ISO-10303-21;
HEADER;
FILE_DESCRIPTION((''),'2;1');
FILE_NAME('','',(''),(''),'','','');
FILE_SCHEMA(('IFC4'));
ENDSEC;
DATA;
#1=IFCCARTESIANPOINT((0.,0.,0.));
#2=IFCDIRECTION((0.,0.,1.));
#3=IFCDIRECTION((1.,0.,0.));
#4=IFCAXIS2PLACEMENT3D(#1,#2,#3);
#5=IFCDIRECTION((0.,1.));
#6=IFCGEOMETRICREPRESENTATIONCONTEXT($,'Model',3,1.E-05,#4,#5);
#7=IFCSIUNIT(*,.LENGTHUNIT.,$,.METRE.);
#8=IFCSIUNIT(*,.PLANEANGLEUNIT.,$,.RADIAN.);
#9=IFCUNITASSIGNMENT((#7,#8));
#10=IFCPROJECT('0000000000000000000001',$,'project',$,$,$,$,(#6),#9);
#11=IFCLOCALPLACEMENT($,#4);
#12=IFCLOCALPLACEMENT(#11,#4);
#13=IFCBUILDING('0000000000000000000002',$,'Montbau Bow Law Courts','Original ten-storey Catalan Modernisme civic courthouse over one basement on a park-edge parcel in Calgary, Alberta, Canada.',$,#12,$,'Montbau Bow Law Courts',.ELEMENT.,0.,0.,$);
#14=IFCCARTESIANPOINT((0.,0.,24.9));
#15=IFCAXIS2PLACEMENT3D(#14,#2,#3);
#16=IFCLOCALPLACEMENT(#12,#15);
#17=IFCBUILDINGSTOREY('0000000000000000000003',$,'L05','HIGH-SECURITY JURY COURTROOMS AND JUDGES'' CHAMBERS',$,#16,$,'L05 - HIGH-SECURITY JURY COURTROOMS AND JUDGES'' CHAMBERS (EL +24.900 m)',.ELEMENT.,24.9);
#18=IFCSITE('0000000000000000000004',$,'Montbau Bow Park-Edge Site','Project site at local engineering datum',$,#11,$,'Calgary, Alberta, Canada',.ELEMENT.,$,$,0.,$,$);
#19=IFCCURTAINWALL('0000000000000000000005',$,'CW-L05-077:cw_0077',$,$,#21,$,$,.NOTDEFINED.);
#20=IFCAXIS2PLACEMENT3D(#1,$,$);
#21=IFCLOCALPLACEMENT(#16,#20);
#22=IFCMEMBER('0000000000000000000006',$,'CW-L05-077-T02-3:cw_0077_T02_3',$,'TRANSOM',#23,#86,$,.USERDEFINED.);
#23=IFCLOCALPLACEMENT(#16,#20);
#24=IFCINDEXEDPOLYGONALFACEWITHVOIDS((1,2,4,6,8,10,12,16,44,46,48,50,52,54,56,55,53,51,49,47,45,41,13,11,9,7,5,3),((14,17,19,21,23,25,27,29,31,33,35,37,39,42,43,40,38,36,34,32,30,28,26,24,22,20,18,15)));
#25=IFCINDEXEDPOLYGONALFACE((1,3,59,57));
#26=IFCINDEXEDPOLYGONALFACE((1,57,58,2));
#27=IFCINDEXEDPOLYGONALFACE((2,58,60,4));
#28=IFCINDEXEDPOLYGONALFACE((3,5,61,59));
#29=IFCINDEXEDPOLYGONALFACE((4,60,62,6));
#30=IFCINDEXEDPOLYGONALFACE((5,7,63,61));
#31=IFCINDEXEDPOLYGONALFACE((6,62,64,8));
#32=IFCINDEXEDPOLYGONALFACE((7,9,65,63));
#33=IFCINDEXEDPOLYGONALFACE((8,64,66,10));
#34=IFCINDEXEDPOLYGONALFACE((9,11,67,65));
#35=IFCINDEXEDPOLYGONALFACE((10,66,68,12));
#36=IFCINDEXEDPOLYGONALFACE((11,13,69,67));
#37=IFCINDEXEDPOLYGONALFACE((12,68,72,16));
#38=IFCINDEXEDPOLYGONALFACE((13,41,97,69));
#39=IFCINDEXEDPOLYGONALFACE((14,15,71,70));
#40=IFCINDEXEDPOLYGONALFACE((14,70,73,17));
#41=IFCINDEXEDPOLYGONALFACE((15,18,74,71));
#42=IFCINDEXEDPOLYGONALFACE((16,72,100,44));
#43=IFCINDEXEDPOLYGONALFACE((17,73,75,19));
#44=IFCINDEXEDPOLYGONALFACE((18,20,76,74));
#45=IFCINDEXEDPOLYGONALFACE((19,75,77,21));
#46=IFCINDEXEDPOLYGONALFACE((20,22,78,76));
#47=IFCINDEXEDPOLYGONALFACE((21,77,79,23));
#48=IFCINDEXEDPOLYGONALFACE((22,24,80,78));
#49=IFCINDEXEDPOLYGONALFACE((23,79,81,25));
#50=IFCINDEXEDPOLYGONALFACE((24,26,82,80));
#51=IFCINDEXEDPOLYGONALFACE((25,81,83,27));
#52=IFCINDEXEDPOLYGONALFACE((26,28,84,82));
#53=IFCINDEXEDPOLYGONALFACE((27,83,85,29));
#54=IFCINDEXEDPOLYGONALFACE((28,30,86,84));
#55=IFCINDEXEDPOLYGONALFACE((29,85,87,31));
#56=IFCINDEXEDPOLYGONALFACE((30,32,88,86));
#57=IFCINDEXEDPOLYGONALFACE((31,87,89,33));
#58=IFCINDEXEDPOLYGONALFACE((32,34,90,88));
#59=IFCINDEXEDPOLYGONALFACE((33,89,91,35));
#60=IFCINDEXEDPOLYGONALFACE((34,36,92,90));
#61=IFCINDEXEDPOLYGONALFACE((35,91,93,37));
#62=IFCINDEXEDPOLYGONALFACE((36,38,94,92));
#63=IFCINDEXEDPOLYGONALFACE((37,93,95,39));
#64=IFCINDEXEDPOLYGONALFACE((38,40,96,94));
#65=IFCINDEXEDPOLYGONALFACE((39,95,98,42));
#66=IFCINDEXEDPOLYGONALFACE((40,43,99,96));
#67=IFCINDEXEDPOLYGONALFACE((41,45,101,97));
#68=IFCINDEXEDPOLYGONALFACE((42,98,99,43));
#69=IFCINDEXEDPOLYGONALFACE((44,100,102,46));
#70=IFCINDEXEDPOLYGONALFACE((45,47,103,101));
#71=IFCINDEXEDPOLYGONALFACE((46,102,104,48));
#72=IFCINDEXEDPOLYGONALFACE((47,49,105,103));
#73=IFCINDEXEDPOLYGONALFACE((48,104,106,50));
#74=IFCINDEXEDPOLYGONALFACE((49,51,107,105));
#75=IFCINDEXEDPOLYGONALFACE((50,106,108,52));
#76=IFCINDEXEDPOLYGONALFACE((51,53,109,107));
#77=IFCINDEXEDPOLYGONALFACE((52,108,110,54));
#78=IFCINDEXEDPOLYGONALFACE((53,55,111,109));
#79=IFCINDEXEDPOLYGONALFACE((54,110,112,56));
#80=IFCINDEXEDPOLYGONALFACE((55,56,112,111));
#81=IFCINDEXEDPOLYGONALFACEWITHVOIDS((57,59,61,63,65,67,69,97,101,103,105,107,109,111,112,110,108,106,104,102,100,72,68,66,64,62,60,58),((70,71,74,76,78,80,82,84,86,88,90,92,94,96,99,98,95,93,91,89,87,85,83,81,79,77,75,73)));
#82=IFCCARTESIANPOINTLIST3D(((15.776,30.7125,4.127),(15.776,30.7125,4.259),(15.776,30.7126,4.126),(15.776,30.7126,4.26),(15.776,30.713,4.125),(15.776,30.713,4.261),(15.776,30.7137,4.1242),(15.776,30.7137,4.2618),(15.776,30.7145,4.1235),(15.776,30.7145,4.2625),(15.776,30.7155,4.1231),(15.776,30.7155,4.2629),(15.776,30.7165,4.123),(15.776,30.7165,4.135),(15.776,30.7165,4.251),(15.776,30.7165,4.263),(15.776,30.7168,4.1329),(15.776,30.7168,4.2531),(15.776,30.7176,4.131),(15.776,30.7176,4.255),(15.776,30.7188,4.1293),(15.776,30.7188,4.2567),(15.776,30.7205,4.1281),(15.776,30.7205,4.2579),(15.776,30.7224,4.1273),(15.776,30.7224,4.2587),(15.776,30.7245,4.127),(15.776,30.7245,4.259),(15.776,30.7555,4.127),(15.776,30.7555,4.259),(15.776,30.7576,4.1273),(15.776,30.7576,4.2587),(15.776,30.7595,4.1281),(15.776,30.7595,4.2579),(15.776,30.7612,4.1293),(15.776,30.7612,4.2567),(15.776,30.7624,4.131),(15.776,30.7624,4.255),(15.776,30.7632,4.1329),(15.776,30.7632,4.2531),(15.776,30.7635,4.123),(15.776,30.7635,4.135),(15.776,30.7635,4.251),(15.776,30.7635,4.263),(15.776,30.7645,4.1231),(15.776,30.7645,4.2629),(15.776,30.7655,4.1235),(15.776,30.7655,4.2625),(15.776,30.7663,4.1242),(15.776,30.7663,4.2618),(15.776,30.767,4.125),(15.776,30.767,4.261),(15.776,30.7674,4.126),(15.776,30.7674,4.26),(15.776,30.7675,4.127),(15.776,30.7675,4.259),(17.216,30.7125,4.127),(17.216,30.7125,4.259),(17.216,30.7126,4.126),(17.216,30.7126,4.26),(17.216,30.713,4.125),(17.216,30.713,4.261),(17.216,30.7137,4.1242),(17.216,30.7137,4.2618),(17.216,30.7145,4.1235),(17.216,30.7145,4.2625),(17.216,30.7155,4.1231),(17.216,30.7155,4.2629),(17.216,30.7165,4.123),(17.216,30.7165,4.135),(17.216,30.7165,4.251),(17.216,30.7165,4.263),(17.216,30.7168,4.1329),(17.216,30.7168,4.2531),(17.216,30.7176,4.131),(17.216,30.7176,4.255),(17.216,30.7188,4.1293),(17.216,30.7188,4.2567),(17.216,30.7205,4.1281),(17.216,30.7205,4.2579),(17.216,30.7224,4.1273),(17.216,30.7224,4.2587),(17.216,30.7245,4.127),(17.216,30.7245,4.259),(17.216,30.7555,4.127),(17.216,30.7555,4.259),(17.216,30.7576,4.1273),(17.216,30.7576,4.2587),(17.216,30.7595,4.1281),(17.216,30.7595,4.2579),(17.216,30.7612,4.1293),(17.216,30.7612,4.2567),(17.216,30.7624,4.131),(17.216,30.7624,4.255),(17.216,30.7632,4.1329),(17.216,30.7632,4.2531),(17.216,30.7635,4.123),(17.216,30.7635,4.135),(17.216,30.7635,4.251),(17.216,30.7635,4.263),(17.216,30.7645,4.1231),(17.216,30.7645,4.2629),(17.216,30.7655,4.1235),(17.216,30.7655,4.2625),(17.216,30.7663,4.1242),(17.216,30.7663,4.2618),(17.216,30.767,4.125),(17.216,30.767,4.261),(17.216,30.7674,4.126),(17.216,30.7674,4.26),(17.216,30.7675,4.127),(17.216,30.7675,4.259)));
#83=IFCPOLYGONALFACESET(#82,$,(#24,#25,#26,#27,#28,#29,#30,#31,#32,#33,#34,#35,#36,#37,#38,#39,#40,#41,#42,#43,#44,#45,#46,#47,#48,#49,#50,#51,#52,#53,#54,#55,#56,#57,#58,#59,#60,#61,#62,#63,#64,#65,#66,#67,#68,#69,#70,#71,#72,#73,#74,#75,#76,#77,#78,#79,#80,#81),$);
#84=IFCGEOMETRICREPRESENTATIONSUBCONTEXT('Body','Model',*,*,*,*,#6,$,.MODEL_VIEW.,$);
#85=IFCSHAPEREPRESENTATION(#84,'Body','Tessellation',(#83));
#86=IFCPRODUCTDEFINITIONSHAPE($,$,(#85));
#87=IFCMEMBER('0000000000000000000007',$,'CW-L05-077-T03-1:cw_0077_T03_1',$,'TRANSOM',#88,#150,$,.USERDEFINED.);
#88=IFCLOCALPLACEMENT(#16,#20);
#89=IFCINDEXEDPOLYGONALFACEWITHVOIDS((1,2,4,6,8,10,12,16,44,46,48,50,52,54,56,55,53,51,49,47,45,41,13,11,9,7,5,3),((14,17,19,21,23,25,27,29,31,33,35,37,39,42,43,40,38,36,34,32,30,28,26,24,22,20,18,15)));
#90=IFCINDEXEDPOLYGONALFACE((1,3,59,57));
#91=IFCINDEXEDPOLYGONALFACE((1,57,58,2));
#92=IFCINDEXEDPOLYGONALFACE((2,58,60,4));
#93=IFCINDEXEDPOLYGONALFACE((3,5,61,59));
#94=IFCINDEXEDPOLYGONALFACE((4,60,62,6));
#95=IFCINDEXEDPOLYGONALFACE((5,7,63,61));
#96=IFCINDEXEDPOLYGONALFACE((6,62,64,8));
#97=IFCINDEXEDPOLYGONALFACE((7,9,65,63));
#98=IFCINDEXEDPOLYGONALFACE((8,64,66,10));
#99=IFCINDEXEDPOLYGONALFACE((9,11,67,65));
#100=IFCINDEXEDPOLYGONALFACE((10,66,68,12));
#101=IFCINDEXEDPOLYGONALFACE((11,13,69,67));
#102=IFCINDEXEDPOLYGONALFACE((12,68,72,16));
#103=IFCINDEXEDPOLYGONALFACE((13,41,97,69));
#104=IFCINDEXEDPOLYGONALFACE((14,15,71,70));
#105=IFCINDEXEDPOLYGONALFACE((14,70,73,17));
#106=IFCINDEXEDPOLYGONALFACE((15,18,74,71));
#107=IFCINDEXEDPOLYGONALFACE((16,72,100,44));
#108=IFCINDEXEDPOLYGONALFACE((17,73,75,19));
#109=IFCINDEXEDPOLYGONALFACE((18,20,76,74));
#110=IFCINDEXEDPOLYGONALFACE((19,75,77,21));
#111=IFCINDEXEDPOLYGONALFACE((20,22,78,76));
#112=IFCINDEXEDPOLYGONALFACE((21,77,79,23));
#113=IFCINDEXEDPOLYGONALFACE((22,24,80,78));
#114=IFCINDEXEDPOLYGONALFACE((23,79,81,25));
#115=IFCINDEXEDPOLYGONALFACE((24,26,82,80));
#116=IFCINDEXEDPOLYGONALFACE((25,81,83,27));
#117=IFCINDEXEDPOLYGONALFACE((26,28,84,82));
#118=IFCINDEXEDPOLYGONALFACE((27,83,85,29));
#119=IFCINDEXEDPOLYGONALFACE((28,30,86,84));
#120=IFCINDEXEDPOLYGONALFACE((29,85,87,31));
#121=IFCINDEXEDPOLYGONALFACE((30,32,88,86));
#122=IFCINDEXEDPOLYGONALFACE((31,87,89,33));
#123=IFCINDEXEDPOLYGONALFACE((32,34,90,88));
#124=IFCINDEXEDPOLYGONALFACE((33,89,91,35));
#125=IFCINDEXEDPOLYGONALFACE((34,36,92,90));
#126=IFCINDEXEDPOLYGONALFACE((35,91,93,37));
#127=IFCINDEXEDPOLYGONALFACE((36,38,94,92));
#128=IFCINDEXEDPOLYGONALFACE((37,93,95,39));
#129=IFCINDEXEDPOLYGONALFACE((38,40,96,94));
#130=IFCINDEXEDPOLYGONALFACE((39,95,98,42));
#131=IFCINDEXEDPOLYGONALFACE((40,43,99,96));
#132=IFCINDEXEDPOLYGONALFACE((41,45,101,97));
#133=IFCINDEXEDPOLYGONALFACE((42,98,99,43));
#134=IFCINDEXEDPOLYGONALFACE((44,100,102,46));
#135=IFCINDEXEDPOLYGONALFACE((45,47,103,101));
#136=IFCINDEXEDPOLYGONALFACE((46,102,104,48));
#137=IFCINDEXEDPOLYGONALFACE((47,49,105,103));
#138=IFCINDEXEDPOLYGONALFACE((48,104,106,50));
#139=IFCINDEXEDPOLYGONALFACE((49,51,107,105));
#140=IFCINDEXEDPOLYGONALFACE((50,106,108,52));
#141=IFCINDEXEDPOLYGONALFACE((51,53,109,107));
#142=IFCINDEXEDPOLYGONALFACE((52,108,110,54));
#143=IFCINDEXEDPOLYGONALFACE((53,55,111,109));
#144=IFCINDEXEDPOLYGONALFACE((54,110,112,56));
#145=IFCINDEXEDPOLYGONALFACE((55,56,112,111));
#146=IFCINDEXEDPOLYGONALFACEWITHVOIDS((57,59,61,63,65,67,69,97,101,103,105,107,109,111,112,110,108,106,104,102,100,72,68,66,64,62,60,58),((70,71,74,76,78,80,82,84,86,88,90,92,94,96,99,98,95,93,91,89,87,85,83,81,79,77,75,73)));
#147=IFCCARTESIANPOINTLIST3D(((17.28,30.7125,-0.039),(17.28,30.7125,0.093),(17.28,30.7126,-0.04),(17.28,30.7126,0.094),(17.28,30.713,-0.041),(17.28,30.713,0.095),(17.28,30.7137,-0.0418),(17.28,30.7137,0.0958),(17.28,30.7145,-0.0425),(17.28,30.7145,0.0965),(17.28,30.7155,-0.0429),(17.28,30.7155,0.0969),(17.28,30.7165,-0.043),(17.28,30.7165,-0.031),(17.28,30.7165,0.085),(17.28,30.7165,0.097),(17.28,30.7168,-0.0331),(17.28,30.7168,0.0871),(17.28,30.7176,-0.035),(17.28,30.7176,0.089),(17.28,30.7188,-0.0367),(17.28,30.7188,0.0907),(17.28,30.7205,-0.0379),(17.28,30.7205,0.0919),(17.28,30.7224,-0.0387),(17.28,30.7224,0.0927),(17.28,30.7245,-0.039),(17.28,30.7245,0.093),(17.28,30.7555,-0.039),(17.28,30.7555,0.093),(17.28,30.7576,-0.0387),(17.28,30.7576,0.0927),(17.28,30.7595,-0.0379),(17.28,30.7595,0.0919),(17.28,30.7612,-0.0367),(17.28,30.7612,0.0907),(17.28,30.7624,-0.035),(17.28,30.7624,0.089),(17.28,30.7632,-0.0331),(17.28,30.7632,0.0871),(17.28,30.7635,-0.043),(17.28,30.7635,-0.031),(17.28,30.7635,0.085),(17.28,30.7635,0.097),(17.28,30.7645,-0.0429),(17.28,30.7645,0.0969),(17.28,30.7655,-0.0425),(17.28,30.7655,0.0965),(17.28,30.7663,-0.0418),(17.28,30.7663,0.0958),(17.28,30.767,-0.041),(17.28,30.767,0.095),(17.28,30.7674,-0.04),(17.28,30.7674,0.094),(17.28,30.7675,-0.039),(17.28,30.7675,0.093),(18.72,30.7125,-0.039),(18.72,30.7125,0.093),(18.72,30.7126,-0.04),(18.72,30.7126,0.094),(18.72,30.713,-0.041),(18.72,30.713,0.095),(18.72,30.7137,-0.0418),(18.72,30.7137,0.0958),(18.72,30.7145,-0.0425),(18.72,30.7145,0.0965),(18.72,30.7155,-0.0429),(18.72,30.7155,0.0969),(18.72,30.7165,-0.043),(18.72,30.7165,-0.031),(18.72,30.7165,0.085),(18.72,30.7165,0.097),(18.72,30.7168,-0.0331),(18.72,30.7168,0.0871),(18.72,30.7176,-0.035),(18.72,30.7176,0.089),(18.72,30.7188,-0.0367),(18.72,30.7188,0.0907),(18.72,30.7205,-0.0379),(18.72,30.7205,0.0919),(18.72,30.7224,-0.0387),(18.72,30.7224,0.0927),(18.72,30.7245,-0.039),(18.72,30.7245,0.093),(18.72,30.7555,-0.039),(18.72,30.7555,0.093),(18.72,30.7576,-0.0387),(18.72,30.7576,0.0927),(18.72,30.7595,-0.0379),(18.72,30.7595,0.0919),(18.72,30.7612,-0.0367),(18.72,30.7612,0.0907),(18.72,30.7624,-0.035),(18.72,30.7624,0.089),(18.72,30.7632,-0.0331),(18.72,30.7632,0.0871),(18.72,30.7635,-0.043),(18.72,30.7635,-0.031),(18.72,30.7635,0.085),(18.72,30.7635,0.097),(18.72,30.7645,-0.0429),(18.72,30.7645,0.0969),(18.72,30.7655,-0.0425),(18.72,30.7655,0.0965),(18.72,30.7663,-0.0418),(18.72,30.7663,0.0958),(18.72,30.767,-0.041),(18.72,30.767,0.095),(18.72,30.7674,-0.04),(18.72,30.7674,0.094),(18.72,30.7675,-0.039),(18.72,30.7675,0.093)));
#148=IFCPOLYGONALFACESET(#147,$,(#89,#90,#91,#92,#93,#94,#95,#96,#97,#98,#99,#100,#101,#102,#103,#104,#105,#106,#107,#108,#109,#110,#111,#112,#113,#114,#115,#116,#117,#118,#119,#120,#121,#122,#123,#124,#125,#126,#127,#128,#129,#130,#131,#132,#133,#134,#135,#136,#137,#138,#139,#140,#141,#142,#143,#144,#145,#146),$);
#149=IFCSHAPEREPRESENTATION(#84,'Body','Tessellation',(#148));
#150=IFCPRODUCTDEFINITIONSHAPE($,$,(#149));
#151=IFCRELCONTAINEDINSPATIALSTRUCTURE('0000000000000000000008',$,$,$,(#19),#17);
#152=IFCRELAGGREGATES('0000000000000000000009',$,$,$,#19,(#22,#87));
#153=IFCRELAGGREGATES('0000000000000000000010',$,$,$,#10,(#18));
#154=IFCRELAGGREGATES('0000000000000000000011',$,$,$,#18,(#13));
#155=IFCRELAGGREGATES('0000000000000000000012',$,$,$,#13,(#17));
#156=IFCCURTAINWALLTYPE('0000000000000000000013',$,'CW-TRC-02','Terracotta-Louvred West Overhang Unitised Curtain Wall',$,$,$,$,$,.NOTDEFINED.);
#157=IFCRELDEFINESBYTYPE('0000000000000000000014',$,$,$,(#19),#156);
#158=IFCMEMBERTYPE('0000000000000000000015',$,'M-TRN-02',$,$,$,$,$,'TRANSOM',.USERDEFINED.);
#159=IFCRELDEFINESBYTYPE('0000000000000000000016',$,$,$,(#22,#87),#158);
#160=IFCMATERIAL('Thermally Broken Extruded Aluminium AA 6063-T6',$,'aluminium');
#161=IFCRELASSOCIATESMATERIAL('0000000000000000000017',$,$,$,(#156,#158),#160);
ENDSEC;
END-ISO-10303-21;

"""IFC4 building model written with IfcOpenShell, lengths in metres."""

from ifc_helpers import new_model, si_unit, direction, frame, origin_with_axes, origin_2d_with_axis, place, context, subcontext, project, spatial, hollow_rectangle, extrude, material, material_profile, profile_set, type_object, element, aggregate, save


model = new_model("IFC4")

# Units and contexts
model_context = context("Model", 3, precision=1e-05, world=origin_with_axes(), true_north=direction((0.0, 1.0)))
body_context = subcontext(model_context, "Body", "Model", "MODEL_VIEW")
ifc_project = project(units=[si_unit("LENGTHUNIT", "METRE"), si_unit("PLANEANGLEUNIT", "RADIAN")], contexts=[model_context])

# Site, building, storey
site_placement = place(None, origin_with_axes())
site = spatial("IfcSite", under=ifc_project, at=site_placement, Name="Montbau Bow Park-Edge Site", Description="Project site at local engineering datum", LongName="Calgary, Alberta, Canada", CompositionType="ELEMENT", RefElevation=0.0)
building_placement = place(site_placement, origin_with_axes())
building = spatial("IfcBuilding", under=site, at=building_placement, Name="Montbau Bow Law Courts", Description="Original ten-storey Catalan Modernisme civic courthouse over one basement on a park-edge parcel in Calgary, Alberta, Canada.", LongName="Montbau Bow Law Courts", CompositionType="ELEMENT", ElevationOfRefHeight=0.0, ElevationOfTerrain=0.0)
storey_placement = place(building_placement, frame((0.0, 0.0, 24.9), z_axis=(0.0, 0.0, 1.0), x_axis=(1.0, 0.0, 0.0)))
storey = spatial("IfcBuildingStorey", under=building, at=storey_placement, Name="L05", Description="HIGH-SECURITY JURY COURTROOMS AND JUDGES' CHAMBERS", LongName="L05 - HIGH-SECURITY JURY COURTROOMS AND JUDGES' CHAMBERS (EL +24.900 m)", CompositionType="ELEMENT", Elevation=24.9)

# Curtain wall, members
ifc_material_1 = material(Name="Thermally Broken Extruded Aluminium AA 6063-T6", Category="aluminium")
curtain_wall_type = type_object("IfcCurtainWallType", Name="CW-TRC-02", Description="Terracotta-Louvred West Overhang Unitised Curtain Wall", PredefinedType="NOTDEFINED", material=ifc_material_1)
curtain_wall_placement = place(None, frame((14.24, 30.74, 24.9), z_axis=(0.0, 0.0, 1.0), x_axis=(1.0, 0.0, 0.0)))
curtain_wall = element("IfcCurtainWall", 1, at=curtain_wall_placement, inside=storey, type_object=curtain_wall_type, Name="CW-L05-077:cw_0077", PredefinedType="NOTDEFINED")
ifc_material_profile_1 = material_profile(ifc_material_1, hollow_rectangle(XDim=0.055, YDim=0.14, WallThickness=0.004, InnerFilletRadius=0.008, OuterFilletRadius=0.004, at=origin_2d_with_axis()), Name="CWT-140X55", Category="Main", Priority=0)
ifc_profile_set_1 = profile_set([ifc_material_profile_1], Name="Thermally Broken Extruded Aluminium AA 6063-T6")
member_type_1 = type_object("IfcMemberType", Name="M-TRN-02", ElementType="TRANSOM", PredefinedType="USERDEFINED", material=ifc_profile_set_1)
member_1_placement = place(None, frame((15.776, 30.74, 29.093), z_axis=(1.0, 0.0, 0.0), x_axis=(0.0, 1.0, 0.0)))
member_1 = element("IfcMember", 2, at=member_1_placement, type_object=member_type_1, Name="CW-L05-077-T02-3:cw_0077_T02_3", ObjectType="TRANSOM", PredefinedType="USERDEFINED", context=body_context, shape_type="SweptSolid", body=[
    extrude(hollow_rectangle(XDim=0.055, YDim=0.14, WallThickness=0.004, InnerFilletRadius=0.008, OuterFilletRadius=0.004, at=origin_2d_with_axis()), origin_with_axes(), (0.0, 0.0, 1.0), 1.44),
])
member_2_placement = place(None, frame((17.28, 30.74, 24.927), z_axis=(1.0, 0.0, 0.0), x_axis=(0.0, 1.0, 0.0)))
member_2 = element("IfcMember", 3, at=member_2_placement, type_object=member_type_1, Name="CW-L05-077-T03-1:cw_0077_T03_1", ObjectType="TRANSOM", PredefinedType="USERDEFINED", context=body_context, shape_type="SweptSolid", body=[
    extrude(hollow_rectangle(XDim=0.055, YDim=0.14, WallThickness=0.004, InnerFilletRadius=0.008, OuterFilletRadius=0.004, at=origin_2d_with_axis()), origin_with_axes(), (0.0, 0.0, 1.0), 1.44),
])
aggregate(curtain_wall, [member_1, member_2])

save(model, "model.ifc")
